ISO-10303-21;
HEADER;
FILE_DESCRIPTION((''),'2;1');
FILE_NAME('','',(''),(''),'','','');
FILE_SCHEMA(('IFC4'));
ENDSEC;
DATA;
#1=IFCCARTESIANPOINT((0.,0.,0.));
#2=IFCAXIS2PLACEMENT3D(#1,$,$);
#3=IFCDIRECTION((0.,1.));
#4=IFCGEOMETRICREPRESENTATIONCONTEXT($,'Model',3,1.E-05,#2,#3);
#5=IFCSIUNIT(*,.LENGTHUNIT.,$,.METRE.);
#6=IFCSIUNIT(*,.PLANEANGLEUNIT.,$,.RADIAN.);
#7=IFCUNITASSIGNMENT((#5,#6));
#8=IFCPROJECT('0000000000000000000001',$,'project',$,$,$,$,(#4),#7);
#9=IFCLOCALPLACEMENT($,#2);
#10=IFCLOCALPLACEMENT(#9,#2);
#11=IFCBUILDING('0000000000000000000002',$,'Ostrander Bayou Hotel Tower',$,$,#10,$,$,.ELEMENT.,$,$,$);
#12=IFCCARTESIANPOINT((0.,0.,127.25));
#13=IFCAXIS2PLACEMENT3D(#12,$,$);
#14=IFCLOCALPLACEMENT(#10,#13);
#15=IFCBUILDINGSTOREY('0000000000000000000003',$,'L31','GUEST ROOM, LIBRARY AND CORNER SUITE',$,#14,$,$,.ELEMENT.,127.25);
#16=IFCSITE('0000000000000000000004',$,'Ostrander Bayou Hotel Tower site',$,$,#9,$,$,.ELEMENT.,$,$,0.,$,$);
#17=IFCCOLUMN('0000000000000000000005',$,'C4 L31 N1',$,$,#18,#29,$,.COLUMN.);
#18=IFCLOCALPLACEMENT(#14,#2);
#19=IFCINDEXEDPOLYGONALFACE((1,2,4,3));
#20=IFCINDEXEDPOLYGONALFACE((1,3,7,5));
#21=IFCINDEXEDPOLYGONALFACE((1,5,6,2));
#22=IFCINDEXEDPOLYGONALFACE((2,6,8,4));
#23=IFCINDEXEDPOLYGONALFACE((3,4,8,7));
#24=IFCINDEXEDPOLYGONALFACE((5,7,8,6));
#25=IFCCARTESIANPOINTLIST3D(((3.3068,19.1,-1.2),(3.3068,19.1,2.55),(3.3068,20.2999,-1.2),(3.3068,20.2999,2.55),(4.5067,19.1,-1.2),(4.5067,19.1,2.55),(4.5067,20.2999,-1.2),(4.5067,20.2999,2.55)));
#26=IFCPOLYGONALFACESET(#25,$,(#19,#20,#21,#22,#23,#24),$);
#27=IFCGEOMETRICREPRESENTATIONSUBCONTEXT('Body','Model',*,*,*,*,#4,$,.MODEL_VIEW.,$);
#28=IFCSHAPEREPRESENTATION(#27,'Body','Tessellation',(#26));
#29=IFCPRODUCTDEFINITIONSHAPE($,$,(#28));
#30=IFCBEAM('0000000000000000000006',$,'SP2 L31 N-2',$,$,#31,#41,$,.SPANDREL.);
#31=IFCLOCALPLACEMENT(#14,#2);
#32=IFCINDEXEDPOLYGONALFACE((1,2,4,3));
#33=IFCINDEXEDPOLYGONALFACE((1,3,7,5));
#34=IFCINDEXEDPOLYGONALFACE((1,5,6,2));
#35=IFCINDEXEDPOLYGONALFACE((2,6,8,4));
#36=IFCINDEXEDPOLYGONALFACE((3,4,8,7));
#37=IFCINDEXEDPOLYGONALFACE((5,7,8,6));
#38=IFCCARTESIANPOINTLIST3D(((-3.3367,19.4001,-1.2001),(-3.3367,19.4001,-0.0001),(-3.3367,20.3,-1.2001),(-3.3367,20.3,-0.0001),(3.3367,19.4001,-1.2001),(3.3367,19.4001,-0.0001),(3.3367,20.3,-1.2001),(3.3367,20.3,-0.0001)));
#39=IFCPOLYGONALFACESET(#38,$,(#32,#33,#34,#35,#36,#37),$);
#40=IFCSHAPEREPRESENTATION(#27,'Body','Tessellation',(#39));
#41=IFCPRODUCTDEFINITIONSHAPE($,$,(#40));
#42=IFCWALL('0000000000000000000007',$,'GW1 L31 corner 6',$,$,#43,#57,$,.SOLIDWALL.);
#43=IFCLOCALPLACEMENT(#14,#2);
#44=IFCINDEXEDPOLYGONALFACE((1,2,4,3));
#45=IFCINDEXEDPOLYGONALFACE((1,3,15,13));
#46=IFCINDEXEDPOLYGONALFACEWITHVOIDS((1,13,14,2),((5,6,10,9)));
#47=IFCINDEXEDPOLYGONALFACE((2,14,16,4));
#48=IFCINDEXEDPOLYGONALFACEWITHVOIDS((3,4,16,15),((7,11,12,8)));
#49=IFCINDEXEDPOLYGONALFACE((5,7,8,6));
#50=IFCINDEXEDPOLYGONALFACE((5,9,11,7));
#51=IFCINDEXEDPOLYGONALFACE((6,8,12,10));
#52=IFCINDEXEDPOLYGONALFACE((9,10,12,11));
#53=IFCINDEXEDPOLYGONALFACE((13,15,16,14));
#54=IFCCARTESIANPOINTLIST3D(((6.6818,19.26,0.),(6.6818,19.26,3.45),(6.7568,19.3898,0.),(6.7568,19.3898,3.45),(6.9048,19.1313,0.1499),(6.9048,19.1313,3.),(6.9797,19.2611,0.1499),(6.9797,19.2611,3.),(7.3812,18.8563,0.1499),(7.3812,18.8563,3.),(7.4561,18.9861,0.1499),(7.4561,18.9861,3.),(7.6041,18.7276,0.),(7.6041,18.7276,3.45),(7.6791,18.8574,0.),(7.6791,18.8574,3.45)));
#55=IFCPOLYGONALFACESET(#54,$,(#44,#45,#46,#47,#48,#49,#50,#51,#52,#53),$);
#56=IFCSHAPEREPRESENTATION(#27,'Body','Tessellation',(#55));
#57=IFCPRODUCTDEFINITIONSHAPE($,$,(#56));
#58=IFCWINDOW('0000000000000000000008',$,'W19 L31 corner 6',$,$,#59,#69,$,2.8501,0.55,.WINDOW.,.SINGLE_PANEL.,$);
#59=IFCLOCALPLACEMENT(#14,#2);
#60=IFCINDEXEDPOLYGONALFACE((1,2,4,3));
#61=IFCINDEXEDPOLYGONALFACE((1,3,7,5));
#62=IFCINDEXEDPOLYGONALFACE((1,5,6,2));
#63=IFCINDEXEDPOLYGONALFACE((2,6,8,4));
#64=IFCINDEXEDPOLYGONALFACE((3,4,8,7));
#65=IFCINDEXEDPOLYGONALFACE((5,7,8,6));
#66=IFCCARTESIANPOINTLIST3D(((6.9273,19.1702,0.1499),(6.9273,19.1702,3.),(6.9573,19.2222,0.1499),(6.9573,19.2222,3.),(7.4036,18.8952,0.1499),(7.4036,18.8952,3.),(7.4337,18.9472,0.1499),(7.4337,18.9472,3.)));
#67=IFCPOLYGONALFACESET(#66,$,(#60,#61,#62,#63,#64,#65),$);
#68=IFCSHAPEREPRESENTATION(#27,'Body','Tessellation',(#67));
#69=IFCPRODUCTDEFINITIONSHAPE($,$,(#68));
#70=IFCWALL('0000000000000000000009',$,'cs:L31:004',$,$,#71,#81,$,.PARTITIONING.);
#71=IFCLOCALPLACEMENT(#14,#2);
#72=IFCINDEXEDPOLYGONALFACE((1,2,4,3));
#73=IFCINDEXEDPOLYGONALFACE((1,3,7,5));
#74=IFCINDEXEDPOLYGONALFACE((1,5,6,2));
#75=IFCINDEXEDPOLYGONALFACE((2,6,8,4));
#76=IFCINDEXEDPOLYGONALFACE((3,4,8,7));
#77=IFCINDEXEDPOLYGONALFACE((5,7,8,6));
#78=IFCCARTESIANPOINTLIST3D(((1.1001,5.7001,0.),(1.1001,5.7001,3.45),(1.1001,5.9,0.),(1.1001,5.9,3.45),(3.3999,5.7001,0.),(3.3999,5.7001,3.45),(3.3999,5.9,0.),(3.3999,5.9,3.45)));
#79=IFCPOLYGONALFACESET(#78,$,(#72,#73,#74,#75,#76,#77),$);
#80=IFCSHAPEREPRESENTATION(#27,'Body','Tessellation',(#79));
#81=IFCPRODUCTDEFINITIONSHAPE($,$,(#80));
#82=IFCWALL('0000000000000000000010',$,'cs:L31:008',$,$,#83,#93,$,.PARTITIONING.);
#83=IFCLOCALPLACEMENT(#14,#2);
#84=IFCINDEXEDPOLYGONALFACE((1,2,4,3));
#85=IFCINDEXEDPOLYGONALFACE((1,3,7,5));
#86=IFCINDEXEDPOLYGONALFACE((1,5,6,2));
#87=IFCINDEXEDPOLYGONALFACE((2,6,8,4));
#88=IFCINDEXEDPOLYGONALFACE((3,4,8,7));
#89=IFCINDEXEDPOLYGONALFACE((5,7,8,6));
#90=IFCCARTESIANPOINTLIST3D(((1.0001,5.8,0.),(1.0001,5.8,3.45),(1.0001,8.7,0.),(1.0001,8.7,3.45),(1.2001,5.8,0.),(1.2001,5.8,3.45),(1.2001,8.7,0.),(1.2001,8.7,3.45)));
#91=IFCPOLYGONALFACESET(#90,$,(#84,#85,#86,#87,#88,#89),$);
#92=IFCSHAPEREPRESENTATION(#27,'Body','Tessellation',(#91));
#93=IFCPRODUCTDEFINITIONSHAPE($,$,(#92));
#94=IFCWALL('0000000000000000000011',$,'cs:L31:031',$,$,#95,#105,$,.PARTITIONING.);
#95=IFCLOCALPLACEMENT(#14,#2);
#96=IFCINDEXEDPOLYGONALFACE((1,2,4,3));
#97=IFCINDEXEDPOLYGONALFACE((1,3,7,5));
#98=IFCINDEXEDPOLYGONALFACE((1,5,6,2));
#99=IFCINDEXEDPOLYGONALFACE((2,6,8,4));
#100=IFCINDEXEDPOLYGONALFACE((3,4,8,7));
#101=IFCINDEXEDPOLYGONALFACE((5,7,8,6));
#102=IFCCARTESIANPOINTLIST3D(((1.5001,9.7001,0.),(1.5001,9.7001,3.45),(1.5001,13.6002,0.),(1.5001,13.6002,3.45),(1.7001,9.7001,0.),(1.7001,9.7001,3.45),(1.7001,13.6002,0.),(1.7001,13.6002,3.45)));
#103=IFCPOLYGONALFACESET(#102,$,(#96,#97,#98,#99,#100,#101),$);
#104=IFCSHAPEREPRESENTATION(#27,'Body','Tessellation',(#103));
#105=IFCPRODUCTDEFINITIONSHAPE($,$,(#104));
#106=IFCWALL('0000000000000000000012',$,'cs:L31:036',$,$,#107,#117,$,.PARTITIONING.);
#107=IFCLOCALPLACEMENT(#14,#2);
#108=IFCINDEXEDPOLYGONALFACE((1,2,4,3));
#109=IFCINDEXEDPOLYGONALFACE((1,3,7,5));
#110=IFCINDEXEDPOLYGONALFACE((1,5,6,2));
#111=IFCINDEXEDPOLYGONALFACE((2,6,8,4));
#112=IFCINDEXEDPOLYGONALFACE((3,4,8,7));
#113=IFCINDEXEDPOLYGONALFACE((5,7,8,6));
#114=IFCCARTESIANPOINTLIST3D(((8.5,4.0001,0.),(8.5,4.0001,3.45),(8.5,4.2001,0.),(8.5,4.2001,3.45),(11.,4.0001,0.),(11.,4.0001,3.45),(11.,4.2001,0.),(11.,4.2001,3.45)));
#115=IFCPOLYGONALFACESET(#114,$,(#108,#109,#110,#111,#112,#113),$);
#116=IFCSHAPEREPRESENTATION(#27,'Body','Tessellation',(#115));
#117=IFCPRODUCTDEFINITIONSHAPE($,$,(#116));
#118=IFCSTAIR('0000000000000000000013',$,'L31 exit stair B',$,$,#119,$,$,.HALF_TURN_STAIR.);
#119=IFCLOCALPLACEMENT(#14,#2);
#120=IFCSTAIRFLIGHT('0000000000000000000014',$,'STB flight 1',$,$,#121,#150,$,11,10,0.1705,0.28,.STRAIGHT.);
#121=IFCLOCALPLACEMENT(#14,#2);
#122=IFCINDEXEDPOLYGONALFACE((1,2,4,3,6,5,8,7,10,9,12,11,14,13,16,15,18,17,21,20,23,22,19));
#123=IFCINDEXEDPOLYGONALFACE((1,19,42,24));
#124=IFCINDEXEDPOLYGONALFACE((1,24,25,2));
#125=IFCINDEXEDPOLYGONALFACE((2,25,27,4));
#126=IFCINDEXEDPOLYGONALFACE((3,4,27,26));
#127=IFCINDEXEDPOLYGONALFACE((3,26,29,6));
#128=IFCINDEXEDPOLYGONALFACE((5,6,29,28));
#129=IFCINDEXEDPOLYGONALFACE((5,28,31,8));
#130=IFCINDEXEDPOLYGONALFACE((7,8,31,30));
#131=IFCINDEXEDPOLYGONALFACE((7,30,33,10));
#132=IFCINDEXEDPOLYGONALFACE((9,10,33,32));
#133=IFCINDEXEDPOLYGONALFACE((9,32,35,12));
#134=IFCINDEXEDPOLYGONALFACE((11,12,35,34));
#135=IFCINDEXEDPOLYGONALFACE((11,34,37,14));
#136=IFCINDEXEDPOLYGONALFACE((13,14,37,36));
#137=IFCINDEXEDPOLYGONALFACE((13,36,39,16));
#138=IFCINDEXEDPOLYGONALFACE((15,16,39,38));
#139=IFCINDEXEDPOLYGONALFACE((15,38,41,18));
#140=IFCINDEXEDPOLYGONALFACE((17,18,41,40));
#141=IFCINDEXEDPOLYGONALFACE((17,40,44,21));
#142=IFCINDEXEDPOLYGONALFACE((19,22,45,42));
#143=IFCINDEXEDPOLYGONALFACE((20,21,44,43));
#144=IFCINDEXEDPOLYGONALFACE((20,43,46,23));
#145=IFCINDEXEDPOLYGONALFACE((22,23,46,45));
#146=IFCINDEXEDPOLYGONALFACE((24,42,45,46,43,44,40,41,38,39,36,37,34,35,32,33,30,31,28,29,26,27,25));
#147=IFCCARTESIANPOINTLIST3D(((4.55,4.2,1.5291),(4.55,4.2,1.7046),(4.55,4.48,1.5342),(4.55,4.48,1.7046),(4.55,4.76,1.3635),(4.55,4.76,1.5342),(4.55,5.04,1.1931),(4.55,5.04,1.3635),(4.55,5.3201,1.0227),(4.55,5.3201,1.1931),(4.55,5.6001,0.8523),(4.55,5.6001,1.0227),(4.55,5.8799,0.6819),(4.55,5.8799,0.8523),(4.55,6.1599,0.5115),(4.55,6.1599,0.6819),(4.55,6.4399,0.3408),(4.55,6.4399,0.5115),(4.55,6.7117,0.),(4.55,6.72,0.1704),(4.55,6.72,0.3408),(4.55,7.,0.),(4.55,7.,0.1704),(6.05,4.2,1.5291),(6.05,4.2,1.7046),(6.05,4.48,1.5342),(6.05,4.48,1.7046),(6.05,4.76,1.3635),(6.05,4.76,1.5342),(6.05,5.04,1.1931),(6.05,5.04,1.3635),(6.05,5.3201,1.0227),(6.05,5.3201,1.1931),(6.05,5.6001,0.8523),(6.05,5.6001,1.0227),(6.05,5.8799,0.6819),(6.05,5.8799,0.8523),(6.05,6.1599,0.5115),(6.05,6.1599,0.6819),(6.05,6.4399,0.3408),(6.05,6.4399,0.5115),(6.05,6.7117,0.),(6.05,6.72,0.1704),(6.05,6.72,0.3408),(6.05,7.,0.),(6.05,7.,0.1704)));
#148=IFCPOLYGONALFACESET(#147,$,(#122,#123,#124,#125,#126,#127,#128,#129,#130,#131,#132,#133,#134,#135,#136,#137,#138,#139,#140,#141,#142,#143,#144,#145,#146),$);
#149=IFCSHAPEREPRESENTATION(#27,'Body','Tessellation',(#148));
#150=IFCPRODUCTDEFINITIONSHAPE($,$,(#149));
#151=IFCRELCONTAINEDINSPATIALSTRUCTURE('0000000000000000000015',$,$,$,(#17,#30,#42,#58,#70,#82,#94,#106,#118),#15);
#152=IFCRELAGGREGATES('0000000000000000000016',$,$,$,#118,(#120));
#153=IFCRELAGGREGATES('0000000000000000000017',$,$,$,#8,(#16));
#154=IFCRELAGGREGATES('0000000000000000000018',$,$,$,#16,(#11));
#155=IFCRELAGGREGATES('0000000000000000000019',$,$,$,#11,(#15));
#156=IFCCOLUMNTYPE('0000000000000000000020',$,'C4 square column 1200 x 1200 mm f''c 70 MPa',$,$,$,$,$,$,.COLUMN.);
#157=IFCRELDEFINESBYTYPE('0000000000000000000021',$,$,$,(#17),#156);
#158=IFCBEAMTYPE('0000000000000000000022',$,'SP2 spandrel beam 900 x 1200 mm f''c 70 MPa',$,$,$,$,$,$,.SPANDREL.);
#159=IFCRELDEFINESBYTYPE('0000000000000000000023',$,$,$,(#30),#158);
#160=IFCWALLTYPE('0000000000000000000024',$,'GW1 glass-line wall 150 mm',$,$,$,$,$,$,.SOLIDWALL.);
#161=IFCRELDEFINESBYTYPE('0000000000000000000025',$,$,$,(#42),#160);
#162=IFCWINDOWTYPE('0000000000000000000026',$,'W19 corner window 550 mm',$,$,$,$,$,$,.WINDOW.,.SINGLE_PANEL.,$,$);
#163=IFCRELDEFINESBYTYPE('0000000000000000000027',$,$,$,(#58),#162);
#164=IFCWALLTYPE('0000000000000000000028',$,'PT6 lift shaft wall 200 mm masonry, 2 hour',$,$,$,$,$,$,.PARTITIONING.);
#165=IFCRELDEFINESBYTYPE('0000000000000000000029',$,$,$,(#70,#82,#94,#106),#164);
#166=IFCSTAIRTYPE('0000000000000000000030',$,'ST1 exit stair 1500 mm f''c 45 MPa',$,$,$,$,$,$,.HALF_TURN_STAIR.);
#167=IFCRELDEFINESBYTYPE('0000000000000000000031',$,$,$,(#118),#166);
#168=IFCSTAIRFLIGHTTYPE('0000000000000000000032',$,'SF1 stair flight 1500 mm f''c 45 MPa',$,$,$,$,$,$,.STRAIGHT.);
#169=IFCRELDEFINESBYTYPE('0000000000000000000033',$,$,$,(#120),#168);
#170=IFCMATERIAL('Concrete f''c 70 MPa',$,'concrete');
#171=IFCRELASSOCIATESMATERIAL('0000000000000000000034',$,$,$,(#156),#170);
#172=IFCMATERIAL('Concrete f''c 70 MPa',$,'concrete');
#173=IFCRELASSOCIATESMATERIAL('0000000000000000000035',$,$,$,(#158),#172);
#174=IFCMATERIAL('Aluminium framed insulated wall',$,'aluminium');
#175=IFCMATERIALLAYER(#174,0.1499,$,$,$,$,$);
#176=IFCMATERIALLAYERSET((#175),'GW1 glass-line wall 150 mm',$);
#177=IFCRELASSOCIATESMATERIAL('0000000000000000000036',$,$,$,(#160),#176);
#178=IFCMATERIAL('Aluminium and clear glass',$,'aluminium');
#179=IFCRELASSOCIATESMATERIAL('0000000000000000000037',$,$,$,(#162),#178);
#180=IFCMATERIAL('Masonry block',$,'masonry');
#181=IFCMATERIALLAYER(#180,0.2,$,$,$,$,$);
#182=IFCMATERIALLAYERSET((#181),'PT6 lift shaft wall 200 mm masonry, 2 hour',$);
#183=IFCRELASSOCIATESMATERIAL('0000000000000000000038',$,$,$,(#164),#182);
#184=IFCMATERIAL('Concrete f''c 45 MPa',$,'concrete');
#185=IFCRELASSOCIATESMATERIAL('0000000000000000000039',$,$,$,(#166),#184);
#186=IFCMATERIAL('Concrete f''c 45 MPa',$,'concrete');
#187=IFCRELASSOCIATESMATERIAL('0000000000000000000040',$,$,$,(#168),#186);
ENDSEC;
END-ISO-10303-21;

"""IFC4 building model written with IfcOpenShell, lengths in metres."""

from ifc_helpers import new_model, si_unit, direction, frame, frame_2d, origin, origin_2d, place, context, subcontext, project, spatial, polyline, rectangle, outline, extrude, material, layer, layer_set, material_profile, profile_set, type_object, element, fill, aggregate, save


model = new_model("IFC4")

# Units and contexts
model_context = context("Model", 3, precision=1e-05, world=origin(), true_north=direction((0.0, 1.0)))
body_context = subcontext(model_context, "Body", "Model", "MODEL_VIEW")
ifc_project = project(units=[si_unit("LENGTHUNIT", "METRE"), si_unit("PLANEANGLEUNIT", "RADIAN")], contexts=[model_context])

# Site, building, storey
site_placement = place(None, origin())
site = spatial("IfcSite", under=ifc_project, at=site_placement, Name="Ostrander Bayou Hotel Tower site", CompositionType="ELEMENT", RefElevation=0.0)
building_placement = place(site_placement, origin())
building = spatial("IfcBuilding", under=site, at=building_placement, Name="Ostrander Bayou Hotel Tower", CompositionType="ELEMENT")
storey_placement = place(building_placement, frame((0.0, 0.0, 127.25)))
storey = spatial("IfcBuildingStorey", under=building, at=storey_placement, Name="L31", Description="GUEST ROOM, LIBRARY AND CORNER SUITE", CompositionType="ELEMENT", Elevation=127.25)

# Column
ifc_material_1 = material(Name="Concrete f'c 70 MPa", Category="concrete")
ifc_material_profile_1 = material_profile(ifc_material_1, rectangle(XDim=1.2, YDim=1.2, at=origin_2d()))
ifc_profile_set_1 = profile_set([ifc_material_profile_1], Name="Concrete f'c 70 MPa")
column_type = type_object("IfcColumnType", Name="C4 square column 1200 x 1200 mm f'c 70 MPa", PredefinedType="COLUMN", material=ifc_profile_set_1)
column_placement = place(storey_placement, frame((3.9067, 19.7, -1.2), z_axis=(0.0, 0.0, 1.0), x_axis=(1.0, 0.0, 0.0)))
element("IfcColumn", 1, at=column_placement, inside=storey, type_object=column_type, Name="C4 L31 N1", PredefinedType="COLUMN", context=body_context, shape_type="SweptSolid", body=[
    extrude(rectangle(XDim=1.2, YDim=1.2, at=origin_2d()), origin(), (0.0, 0.0, 1.0), 3.75),
])

# Beam
ifc_material_2 = material(Name="Concrete f'c 70 MPa", Category="concrete")
ifc_material_profile_2 = material_profile(ifc_material_2, rectangle(XDim=0.8999, YDim=1.2, at=origin_2d()))
ifc_profile_set_2 = profile_set([ifc_material_profile_2], Name="Concrete f'c 70 MPa")
beam_type = type_object("IfcBeamType", Name="SP2 spandrel beam 900 x 1200 mm f'c 70 MPa", PredefinedType="SPANDREL", material=ifc_profile_set_2)
beam_placement = place(storey_placement, frame((3.3367, 19.8501, -0.6001), z_axis=(-1.0, 0.0, 0.0), x_axis=(0.0, -1.0, 0.0)))
element("IfcBeam", 2, at=beam_placement, inside=storey, type_object=beam_type, Name="SP2 L31 N-2", PredefinedType="SPANDREL", context=body_context, shape_type="SweptSolid", body=[
    extrude(rectangle(XDim=0.8999, YDim=1.2, at=origin_2d()), origin(), (0.0, 0.0, 1.0), 6.6733),
])

# Wall, opening, window
ifc_material_3 = material(Name="Aluminium framed insulated wall", Category="aluminium")
ifc_layer_1 = layer(ifc_material_3, 0.1499)
ifc_layer_set_1 = layer_set([ifc_layer_1], Name="GW1 glass-line wall 150 mm")
wall_type_1 = type_object("IfcWallType", Name="GW1 glass-line wall 150 mm", PredefinedType="SOLIDWALL", material=ifc_layer_set_1)
wall_1_placement = place(storey_placement, frame((7.6416, 18.7925, 0.0), z_axis=(0.0, 0.0, 1.0), x_axis=(-0.866048, 0.499961, 0.0)))
wall_1 = element("IfcWall", 3, at=wall_1_placement, inside=storey, type_object=wall_type_1, Name="GW1 L31 corner 6", PredefinedType="SOLIDWALL", context=body_context, shape_type="SweptSolid", body=[
    extrude(rectangle(XDim=1.0649, YDim=0.1499, at=frame_2d((0.5325, 0.0))), origin(), (0.0, 0.0, 1.0), 3.45),
])
opening_1_placement = place(wall_1_placement, frame((0.2576, 0.0, 0.1499)))
opening_1 = element("IfcOpeningElement", 4, at=opening_1_placement, cuts=wall_1, PredefinedType="OPENING", context=body_context, shape_type="SweptSolid", body=[
    extrude(rectangle(XDim=0.55, YDim=2.8501, at=frame_2d((0.2749, 1.425))), frame((0.0, 0.075, 0.0), z_axis=(0.0, -1.0, 0.0), x_axis=(1.0, 0.0, 0.0)), (0.0, 0.0, 1.0), 0.1499),
])
ifc_material_4 = material(Name="Aluminium and clear glass", Category="aluminium")
window_type_1 = type_object("IfcWindowType", Name="W19 corner window 550 mm", PartitioningType="SINGLE_PANEL", PredefinedType="WINDOW", material=ifc_material_4)
window_1_placement = place(opening_1_placement, origin())
window_1 = element("IfcWindow", 5, at=window_1_placement, inside=storey, type_object=window_type_1, Name="W19 L31 corner 6", OverallHeight=2.8501, OverallWidth=0.55, PartitioningType="SINGLE_PANEL", PredefinedType="WINDOW", context=body_context, shape_type="SweptSolid", body=[
    extrude(rectangle(XDim=0.55, YDim=2.8501, at=frame_2d((0.2749, 1.425))), frame((0.0, 0.03, 0.0), z_axis=(0.0, -1.0, 0.0), x_axis=(1.0, 0.0, 0.0)), (0.0, 0.0, 1.0), 0.0601),
])
fill(opening_1, window_1)

# Walls
ifc_material_5 = material(Name="Masonry block", Category="masonry")
ifc_layer_2 = layer(ifc_material_5, 0.2)
ifc_layer_set_2 = layer_set([ifc_layer_2], Name="PT6 lift shaft wall 200 mm masonry, 2 hour")
wall_type_2 = type_object("IfcWallType", Name="PT6 lift shaft wall 200 mm masonry, 2 hour", PredefinedType="PARTITIONING", material=ifc_layer_set_2)
wall_2_placement = place(storey_placement, frame((1.1001, 5.8, 0.0), z_axis=(0.0, 0.0, 1.0), x_axis=(1.0, 0.0, 0.0)))
element("IfcWall", 6, at=wall_2_placement, inside=storey, type_object=wall_type_2, Name="cs:L31:004", PredefinedType="PARTITIONING", context=body_context, shape_type="SweptSolid", body=[
    extrude(rectangle(XDim=2.2998, YDim=0.2, at=frame_2d((1.1499, 0.0))), origin(), (0.0, 0.0, 1.0), 3.45),
])
wall_3_placement = place(storey_placement, frame((1.1001, 5.8, 0.0), z_axis=(0.0, 0.0, 1.0), x_axis=(0.0, 1.0, 0.0)))
element("IfcWall", 7, at=wall_3_placement, inside=storey, type_object=wall_type_2, Name="cs:L31:008", PredefinedType="PARTITIONING", context=body_context, shape_type="SweptSolid", body=[
    extrude(rectangle(XDim=2.8999, YDim=0.2, at=frame_2d((1.45, 0.0))), origin(), (0.0, 0.0, 1.0), 3.45),
])
wall_4_placement = place(storey_placement, frame((1.6001, 9.7, 0.0), z_axis=(0.0, 0.0, 1.0), x_axis=(0.0, 1.0, 0.0)))
element("IfcWall", 8, at=wall_4_placement, inside=storey, type_object=wall_type_2, Name="cs:L31:031", PredefinedType="PARTITIONING", context=body_context, shape_type="SweptSolid", body=[
    extrude(rectangle(XDim=3.9001, YDim=0.2, at=frame_2d((1.9502, 0.0))), origin(), (0.0, 0.0, 1.0), 3.45),
])
wall_5_placement = place(storey_placement, frame((8.5, 4.1001, 0.0), z_axis=(0.0, 0.0, 1.0), x_axis=(1.0, 0.0, 0.0)))
element("IfcWall", 9, at=wall_5_placement, inside=storey, type_object=wall_type_2, Name="cs:L31:036", PredefinedType="PARTITIONING", context=body_context, shape_type="SweptSolid", body=[
    extrude(rectangle(XDim=2.5, YDim=0.2, at=frame_2d((1.25, 0.0))), origin(), (0.0, 0.0, 1.0), 3.45),
])

# Stair, stair flight
ifc_material_6 = material(Name="Concrete f'c 45 MPa", Category="concrete")
stair_type = type_object("IfcStairType", Name="ST1 exit stair 1500 mm f'c 45 MPa", PredefinedType="HALF_TURN_STAIR", material=ifc_material_6)
stair_placement = place(storey_placement, origin())
stair = element("IfcStair", 10, at=stair_placement, inside=storey, type_object=stair_type, Name="L31 exit stair B", PredefinedType="HALF_TURN_STAIR")
ifc_material_7 = material(Name="Concrete f'c 45 MPa", Category="concrete")
stair_flight_type = type_object("IfcStairFlightType", Name="SF1 stair flight 1500 mm f'c 45 MPa", PredefinedType="STRAIGHT", material=ifc_material_7)
stair_flight_1_placement = place(storey_placement, frame((5.3, 7.0, 0.0), z_axis=(0.0, 0.0, 1.0), x_axis=(0.0, -1.0, 0.0)))
stair_flight_1 = element("IfcStairFlight", 11, at=stair_flight_1_placement, type_object=stair_flight_type, Name="STB flight 1", NumberOfRisers=11, NumberOfTreads=10, PredefinedType="STRAIGHT", RiserHeight=0.1705, TreadLength=0.28, context=body_context, shape_type="SweptSolid", body=[
    extrude(outline(polyline([(0.0, 0.0), (0.0, 0.1704), (0.28, 0.1704), (0.28, 0.3408), (0.5601, 0.3408), (0.5601, 0.5115), (0.8401, 0.5115), (0.8401, 0.6819), (1.1201, 0.6819), (1.1201, 0.8523), (1.3999, 0.8523), (1.3999, 1.0227), (1.6799, 1.0227), (1.6799, 1.1931), (1.96, 1.1931), (1.96, 1.3635), (2.24, 1.3635), (2.24, 1.5342), (2.52, 1.5342), (2.52, 1.7046), (2.8, 1.7046), (2.8, 1.875), (2.8, 1.5291), (0.2883, 0.0), (0.0, 0.0)])), frame((0.0, 0.75, 0.0), z_axis=(0.0, -1.0, 0.0), x_axis=(1.0, 0.0, 0.0)), (0.0, 0.0, 1.0), 1.5),
])
aggregate(stair, [stair_flight_1])

save(model, "model.ifc")
